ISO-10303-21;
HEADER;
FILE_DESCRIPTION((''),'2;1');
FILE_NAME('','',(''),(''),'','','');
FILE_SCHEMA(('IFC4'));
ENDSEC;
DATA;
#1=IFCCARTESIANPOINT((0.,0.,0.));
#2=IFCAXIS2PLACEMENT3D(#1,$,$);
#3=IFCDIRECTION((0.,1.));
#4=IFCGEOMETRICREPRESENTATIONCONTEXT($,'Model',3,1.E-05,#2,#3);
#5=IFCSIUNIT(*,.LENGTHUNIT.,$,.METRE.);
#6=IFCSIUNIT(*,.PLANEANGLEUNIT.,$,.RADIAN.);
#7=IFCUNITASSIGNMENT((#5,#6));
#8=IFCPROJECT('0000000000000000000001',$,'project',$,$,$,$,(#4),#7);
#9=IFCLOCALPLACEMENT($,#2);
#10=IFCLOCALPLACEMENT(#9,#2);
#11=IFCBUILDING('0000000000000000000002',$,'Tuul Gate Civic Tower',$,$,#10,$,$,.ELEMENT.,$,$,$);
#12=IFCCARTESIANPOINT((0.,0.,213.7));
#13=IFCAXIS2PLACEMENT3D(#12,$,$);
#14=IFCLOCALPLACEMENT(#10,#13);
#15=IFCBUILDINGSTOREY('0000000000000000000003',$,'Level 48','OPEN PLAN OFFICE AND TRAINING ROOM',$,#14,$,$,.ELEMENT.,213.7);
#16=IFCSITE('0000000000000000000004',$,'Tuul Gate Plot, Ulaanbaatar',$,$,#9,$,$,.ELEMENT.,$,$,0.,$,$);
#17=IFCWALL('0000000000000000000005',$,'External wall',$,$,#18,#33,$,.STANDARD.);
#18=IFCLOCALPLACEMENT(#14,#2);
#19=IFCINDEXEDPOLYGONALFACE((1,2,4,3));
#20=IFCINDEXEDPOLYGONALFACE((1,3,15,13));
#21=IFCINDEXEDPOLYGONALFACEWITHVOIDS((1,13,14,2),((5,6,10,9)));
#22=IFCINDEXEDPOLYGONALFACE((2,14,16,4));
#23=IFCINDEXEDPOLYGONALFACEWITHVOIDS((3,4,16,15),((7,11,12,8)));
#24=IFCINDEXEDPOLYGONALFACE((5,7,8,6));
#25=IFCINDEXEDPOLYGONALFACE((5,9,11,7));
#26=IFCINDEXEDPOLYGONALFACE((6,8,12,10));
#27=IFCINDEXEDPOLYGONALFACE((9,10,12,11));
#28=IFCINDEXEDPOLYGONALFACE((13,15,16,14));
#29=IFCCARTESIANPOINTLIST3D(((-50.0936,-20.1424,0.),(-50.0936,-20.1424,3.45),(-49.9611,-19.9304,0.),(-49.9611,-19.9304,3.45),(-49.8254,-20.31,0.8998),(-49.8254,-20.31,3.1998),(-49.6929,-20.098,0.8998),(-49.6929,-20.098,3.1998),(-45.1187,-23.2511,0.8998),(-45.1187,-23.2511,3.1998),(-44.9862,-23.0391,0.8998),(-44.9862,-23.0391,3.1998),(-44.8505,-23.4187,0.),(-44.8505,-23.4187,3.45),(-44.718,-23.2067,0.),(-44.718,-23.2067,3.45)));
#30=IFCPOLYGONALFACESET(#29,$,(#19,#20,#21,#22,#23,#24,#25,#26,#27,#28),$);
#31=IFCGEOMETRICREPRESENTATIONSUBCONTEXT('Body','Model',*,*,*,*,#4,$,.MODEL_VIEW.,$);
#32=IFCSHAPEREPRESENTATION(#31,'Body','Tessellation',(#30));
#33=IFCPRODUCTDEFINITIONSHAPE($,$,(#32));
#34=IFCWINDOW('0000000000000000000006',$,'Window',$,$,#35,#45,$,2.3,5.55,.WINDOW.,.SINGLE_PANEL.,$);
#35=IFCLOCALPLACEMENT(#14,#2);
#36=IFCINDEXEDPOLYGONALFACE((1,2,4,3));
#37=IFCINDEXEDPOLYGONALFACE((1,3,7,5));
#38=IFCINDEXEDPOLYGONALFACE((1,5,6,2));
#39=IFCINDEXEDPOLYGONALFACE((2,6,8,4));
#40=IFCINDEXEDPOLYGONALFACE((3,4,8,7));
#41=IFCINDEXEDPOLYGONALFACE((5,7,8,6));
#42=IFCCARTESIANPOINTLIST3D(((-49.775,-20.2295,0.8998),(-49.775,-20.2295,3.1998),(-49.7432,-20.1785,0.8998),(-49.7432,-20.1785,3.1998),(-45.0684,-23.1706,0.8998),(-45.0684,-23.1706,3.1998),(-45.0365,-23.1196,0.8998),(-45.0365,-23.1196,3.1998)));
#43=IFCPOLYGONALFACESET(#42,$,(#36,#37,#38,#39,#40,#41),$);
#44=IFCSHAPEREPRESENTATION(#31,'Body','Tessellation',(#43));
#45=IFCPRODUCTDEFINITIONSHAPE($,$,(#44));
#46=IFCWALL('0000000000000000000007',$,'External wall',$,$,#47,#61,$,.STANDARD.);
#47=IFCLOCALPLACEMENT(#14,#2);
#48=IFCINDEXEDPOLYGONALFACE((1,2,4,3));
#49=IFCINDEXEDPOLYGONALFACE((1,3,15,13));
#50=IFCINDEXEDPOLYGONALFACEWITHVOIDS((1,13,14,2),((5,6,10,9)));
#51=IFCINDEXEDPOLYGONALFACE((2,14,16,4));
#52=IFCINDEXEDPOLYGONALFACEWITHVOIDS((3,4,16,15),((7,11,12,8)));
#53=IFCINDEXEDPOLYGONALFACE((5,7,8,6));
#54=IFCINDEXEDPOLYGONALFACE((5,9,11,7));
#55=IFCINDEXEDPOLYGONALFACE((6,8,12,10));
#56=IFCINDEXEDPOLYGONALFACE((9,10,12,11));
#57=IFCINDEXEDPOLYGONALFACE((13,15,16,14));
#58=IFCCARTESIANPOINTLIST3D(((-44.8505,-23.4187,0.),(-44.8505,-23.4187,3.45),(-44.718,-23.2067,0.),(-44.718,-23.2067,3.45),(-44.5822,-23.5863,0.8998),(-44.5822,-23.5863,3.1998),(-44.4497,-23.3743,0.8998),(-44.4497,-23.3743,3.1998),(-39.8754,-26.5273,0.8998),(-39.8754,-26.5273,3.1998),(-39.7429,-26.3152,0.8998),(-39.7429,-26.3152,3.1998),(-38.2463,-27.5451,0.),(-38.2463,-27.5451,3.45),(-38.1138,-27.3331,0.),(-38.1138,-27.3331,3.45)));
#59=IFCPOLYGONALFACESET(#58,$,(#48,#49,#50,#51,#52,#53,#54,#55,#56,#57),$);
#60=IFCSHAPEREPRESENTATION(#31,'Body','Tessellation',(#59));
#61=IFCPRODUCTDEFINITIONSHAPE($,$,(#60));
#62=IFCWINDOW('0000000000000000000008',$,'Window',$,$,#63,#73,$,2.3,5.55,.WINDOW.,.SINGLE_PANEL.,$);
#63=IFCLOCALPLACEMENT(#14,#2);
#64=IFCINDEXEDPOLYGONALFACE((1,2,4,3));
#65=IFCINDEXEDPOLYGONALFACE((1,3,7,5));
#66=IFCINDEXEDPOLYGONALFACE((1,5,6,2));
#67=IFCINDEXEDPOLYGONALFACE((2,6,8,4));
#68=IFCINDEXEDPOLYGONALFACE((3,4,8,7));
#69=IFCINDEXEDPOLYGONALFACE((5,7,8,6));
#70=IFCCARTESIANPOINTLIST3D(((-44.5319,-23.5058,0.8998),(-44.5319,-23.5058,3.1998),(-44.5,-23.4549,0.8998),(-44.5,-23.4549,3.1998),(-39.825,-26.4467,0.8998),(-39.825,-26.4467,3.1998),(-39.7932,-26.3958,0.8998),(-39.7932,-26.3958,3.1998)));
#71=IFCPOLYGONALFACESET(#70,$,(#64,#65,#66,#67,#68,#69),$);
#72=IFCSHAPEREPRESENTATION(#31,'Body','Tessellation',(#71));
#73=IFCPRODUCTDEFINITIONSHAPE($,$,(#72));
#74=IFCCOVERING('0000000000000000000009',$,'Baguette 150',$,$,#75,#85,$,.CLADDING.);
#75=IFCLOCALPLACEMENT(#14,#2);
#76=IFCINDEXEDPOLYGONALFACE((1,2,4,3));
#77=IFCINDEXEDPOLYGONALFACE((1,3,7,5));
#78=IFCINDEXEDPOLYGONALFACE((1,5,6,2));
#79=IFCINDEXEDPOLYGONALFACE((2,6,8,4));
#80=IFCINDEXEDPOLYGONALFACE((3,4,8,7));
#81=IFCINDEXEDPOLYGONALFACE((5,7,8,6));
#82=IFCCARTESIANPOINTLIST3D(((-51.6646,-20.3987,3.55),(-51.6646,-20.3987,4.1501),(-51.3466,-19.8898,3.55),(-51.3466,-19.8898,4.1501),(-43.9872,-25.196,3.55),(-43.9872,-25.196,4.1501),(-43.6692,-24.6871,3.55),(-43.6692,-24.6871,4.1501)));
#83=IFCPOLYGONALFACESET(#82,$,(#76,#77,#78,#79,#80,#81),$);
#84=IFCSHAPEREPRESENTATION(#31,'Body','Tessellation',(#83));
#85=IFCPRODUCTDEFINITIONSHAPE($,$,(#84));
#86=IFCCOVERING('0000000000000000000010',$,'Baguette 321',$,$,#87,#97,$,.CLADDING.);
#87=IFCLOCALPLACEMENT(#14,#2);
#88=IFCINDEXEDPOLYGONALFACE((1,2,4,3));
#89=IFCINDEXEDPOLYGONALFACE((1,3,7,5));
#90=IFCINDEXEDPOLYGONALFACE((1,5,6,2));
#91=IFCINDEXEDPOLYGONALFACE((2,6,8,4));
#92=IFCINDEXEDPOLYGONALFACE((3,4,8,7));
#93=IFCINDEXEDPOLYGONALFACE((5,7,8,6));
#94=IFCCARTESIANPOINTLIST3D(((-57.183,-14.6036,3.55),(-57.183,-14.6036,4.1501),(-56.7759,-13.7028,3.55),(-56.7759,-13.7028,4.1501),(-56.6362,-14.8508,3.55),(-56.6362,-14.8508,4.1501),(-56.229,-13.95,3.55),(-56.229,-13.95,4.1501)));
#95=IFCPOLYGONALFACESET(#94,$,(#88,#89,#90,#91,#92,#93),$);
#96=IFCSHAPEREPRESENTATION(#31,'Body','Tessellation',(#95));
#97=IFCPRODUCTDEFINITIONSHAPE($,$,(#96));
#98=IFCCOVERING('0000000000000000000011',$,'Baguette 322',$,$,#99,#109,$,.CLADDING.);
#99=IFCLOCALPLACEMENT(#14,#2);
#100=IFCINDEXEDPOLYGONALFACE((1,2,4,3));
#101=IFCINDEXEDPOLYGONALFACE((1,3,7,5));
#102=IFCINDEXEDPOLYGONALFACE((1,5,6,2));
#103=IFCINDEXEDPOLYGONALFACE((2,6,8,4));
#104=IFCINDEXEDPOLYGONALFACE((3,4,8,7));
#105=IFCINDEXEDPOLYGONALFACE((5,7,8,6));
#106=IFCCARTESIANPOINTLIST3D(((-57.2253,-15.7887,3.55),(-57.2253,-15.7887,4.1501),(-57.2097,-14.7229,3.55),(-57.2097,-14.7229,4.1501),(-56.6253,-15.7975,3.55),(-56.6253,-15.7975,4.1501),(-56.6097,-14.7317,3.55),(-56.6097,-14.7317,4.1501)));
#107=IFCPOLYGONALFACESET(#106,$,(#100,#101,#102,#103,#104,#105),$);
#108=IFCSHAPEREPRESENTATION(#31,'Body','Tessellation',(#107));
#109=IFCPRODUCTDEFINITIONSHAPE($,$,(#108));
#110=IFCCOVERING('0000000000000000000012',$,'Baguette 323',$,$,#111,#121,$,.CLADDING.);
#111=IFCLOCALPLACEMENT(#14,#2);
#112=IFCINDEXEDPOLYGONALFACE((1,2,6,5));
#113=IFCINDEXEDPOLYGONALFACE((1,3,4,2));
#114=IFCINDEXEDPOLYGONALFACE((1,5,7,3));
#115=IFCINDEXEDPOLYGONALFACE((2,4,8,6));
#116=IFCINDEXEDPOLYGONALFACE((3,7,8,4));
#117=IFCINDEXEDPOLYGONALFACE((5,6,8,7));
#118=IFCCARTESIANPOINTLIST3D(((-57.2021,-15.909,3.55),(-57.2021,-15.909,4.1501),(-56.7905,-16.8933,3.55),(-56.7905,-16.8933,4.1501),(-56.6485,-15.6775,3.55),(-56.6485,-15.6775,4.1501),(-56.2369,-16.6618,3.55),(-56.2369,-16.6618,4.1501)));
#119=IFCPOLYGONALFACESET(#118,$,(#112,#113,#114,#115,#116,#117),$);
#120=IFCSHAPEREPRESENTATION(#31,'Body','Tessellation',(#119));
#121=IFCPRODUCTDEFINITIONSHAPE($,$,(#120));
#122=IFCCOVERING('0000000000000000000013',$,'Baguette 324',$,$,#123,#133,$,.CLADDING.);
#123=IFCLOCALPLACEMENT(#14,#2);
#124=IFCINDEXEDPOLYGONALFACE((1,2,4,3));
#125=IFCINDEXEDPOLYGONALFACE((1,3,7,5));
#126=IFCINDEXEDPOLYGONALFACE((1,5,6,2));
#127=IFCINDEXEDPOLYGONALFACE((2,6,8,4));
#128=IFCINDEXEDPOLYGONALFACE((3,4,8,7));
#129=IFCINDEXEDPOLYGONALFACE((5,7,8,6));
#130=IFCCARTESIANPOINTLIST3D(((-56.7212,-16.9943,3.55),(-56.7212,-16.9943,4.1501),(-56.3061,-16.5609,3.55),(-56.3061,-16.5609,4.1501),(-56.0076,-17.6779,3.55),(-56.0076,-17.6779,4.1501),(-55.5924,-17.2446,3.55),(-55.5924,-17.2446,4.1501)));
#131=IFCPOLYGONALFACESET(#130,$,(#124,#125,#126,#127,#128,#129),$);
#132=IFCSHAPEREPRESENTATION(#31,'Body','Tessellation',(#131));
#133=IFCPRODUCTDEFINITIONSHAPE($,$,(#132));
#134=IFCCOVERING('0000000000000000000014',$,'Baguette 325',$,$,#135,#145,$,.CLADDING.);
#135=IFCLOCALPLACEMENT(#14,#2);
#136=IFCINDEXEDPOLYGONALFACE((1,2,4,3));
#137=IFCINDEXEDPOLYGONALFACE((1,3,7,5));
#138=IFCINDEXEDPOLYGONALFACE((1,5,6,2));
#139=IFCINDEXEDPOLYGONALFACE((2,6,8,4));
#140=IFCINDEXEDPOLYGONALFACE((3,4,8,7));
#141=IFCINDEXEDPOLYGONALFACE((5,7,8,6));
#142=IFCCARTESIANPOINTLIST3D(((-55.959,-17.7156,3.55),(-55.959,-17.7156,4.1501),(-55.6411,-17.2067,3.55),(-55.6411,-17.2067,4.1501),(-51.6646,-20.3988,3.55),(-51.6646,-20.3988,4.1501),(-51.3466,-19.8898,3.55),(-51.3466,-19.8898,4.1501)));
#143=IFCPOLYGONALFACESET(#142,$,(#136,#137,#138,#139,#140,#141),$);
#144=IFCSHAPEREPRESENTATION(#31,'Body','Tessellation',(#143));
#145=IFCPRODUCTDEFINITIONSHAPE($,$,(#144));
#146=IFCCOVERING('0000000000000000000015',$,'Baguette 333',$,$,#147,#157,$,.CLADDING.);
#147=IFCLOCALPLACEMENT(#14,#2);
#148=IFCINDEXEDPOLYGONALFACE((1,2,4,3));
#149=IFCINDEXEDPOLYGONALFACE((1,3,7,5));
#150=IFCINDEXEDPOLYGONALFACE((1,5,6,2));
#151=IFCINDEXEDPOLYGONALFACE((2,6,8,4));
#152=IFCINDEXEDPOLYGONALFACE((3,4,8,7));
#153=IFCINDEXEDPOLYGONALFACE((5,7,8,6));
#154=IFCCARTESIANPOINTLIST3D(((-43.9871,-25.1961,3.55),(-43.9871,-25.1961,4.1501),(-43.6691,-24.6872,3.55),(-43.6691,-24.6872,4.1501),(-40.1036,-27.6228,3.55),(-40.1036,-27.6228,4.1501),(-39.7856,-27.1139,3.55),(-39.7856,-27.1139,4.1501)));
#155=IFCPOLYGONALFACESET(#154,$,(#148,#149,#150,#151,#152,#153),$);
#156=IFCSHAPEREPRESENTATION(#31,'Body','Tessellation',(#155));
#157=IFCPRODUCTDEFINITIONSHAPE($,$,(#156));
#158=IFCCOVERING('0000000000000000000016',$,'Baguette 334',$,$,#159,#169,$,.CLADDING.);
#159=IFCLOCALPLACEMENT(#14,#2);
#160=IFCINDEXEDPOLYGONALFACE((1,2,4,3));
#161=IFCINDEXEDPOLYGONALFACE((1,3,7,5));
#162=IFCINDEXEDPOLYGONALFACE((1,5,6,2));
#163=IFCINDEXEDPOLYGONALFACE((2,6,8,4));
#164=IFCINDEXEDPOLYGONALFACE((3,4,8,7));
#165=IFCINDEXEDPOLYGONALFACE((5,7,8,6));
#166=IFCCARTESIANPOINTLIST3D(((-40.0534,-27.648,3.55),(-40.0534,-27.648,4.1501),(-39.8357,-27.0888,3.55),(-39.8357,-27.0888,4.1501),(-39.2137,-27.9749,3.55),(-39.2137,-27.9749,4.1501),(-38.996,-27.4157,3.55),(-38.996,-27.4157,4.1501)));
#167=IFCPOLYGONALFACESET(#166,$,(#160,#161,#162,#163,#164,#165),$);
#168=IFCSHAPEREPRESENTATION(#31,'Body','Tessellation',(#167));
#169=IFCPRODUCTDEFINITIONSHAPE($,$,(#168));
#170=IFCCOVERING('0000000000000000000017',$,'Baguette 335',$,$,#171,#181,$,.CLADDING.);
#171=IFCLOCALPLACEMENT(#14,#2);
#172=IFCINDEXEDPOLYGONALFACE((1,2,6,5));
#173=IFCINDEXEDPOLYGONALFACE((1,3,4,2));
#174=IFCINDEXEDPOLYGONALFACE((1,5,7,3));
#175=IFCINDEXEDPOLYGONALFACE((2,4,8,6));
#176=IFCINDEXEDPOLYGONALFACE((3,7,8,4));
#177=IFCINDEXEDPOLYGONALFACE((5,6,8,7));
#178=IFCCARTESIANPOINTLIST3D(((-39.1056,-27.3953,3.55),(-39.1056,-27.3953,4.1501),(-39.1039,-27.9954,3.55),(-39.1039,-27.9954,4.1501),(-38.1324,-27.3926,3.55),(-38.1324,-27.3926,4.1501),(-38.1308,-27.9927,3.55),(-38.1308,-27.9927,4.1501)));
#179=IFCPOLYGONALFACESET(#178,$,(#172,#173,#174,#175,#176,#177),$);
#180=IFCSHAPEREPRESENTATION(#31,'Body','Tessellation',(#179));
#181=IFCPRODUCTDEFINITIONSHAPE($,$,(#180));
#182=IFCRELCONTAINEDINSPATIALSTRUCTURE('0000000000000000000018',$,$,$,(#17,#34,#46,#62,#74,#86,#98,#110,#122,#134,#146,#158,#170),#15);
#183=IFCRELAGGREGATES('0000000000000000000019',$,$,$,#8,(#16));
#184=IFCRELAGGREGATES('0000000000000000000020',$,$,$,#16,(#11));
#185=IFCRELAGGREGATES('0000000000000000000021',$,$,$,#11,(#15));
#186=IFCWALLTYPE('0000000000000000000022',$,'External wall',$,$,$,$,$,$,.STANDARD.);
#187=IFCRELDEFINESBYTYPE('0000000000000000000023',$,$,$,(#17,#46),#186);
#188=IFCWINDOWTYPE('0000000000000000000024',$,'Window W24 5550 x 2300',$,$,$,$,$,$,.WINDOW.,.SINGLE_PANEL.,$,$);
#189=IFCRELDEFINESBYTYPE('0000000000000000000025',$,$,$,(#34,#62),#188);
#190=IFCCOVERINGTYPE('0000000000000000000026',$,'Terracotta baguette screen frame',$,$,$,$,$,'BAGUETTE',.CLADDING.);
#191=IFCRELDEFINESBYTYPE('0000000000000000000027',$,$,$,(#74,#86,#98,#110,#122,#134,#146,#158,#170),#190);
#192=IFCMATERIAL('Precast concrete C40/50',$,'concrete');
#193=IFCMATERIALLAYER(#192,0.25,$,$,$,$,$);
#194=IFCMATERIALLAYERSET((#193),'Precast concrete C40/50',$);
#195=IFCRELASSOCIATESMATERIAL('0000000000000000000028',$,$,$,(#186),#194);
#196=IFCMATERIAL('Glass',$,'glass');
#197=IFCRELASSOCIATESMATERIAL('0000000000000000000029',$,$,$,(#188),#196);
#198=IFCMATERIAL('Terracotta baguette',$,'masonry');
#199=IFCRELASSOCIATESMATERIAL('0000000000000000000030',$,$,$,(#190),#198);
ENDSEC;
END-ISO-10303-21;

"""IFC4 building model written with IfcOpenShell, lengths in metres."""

from ifc_helpers import new_model, si_unit, direction, frame, frame_2d, origin, origin_2d, place, context, subcontext, project, spatial, rectangle, extrude, material, layer, layer_set, material_profile, profile_set, type_object, element, fill, save


model = new_model("IFC4")

# Units and contexts
model_context = context("Model", 3, precision=1e-05, world=origin(), true_north=direction((0.0, 1.0)))
body_context = subcontext(model_context, "Body", "Model", "MODEL_VIEW")
ifc_project = project(units=[si_unit("LENGTHUNIT", "METRE"), si_unit("PLANEANGLEUNIT", "RADIAN")], contexts=[model_context])

# Site, building, storey
site_placement = place(None, origin())
site = spatial("IfcSite", under=ifc_project, at=site_placement, Name="Tuul Gate Plot, Ulaanbaatar", CompositionType="ELEMENT", RefElevation=0.0)
building_placement = place(site_placement, origin())
building = spatial("IfcBuilding", under=site, at=building_placement, Name="Tuul Gate Civic Tower", CompositionType="ELEMENT")
storey_placement = place(building_placement, frame((0.0, 0.0, 213.7)))
storey = spatial("IfcBuildingStorey", under=building, at=storey_placement, Name="Level 48", Description="OPEN PLAN OFFICE AND TRAINING ROOM", CompositionType="ELEMENT", Elevation=213.7)

# Shared definitions
ifc_material_1 = material(Name="Precast concrete C40/50", Category="concrete")
ifc_layer = layer(ifc_material_1, 0.25)
ifc_layer_set = layer_set([ifc_layer], Name="Precast concrete C40/50")
wall_type = type_object("IfcWallType", Name="External wall", PredefinedType="STANDARD", material=ifc_layer_set)

# Walls, openings, windows
ifc_material_2 = material(Name="Glass", Category="glass")
window_type = type_object("IfcWindowType", Name="Window W24 5550 x 2300", PartitioningType="SINGLE_PANEL", PredefinedType="WINDOW", material=ifc_material_2)
wall_1_placement = place(storey_placement, frame((-50.0273, -20.0364, 0.0), z_axis=(0.0, 0.0, 1.0), x_axis=(0.848043, -0.529928, 0.0)))
wall_1 = element("IfcWall", 1, at=wall_1_placement, inside=storey, type_object=wall_type, Name="External wall", PredefinedType="STANDARD", context=body_context, shape_type="SweptSolid", body=[
    extrude(rectangle(XDim=6.1826, YDim=0.25, at=frame_2d((3.0913, 0.0))), origin(), (0.0, 0.0, 1.0), 3.45),
])
opening_1_placement = place(wall_1_placement, frame((0.3164, 0.0, 0.8999)))
opening_1 = element("IfcOpeningElement", 2, at=opening_1_placement, cuts=wall_1, PredefinedType="OPENING", context=body_context, shape_type="SweptSolid", body=[
    extrude(rectangle(XDim=5.55, YDim=2.3, at=frame_2d((2.7749, 1.1499))), frame((0.0, 0.135, 0.0), z_axis=(0.0, -1.0, 0.0), x_axis=(1.0, 0.0, 0.0)), (0.0, 0.0, 1.0), 0.27),
])
window_1_placement = place(opening_1_placement, origin())
window_1 = element("IfcWindow", 3, at=window_1_placement, inside=storey, type_object=window_type, Name="Window", OverallHeight=2.3, OverallWidth=5.55, PartitioningType="SINGLE_PANEL", PredefinedType="WINDOW", context=body_context, shape_type="SweptSolid", body=[
    extrude(rectangle(XDim=5.55, YDim=2.3, at=frame_2d((2.7749, 1.1499))), frame((0.0, 0.03, 0.0), z_axis=(0.0, -1.0, 0.0), x_axis=(1.0, 0.0, 0.0)), (0.0, 0.0, 1.0), 0.0601),
])
fill(opening_1, window_1)
wall_2_placement = place(storey_placement, frame((-44.7842, -23.3127, 0.0), z_axis=(0.0, 0.0, 1.0), x_axis=(0.848067, -0.529889, 0.0)))
wall_2 = element("IfcWall", 4, at=wall_2_placement, inside=storey, type_object=wall_type, Name="External wall", PredefinedType="STANDARD", context=body_context, shape_type="SweptSolid", body=[
    extrude(rectangle(XDim=7.7874, YDim=0.25, at=frame_2d((3.8936, 0.0))), origin(), (0.0, 0.0, 1.0), 3.45),
])
opening_2_placement = place(wall_2_placement, frame((0.3164, 0.0, 0.8999)))
opening_2 = element("IfcOpeningElement", 5, at=opening_2_placement, cuts=wall_2, PredefinedType="OPENING", context=body_context, shape_type="SweptSolid", body=[
    extrude(rectangle(XDim=5.55, YDim=2.3, at=frame_2d((2.7749, 1.1499))), frame((0.0, 0.135, 0.0), z_axis=(0.0, -1.0, 0.0), x_axis=(1.0, 0.0, 0.0)), (0.0, 0.0, 1.0), 0.27),
])
window_2_placement = place(opening_2_placement, origin())
window_2 = element("IfcWindow", 6, at=window_2_placement, inside=storey, type_object=window_type, Name="Window", OverallHeight=2.3, OverallWidth=5.55, PartitioningType="SINGLE_PANEL", PredefinedType="WINDOW", context=body_context, shape_type="SweptSolid", body=[
    extrude(rectangle(XDim=5.55, YDim=2.3, at=frame_2d((2.7749, 1.1499))), frame((0.0, 0.03, 0.0), z_axis=(0.0, -1.0, 0.0), x_axis=(1.0, 0.0, 0.0)), (0.0, 0.0, 1.0), 0.0601),
])
fill(opening_2, window_2)

# Coverings
ifc_material_3 = material(Name="Terracotta baguette", Category="masonry")
ifc_material_profile_1 = material_profile(ifc_material_3, rectangle(XDim=0.6001, YDim=0.6001, at=origin_2d()), Name="Terracotta baguette screen frame")
ifc_profile_set_1 = profile_set([ifc_material_profile_1], Name="Terracotta baguette")
covering_type = type_object("IfcCoveringType", Name="Terracotta baguette screen frame", ElementType="BAGUETTE", PredefinedType="CLADDING", material=ifc_profile_set_1)
covering_1_placement = place(storey_placement, frame((-51.5056, -20.1443, 3.8501), z_axis=(0.848051, -0.529914, 0.0), x_axis=(0.529914, 0.848051, 0.0)))
element("IfcCovering", 7, at=covering_1_placement, inside=storey, type_object=covering_type, Name="Baguette 150", PredefinedType="CLADDING", context=body_context, shape_type="SweptSolid", body=[
    extrude(rectangle(XDim=0.6001, YDim=0.6001, at=origin_2d()), origin(), (0.0, 0.0, 1.0), 9.053),
])
covering_2_placement = place(storey_placement, frame((-56.5024, -13.8264, 3.8501), z_axis=(-0.411904, -0.911227, 0.0), x_axis=(0.911227, -0.411904, 0.0)))
element("IfcCovering", 8, at=covering_2_placement, inside=storey, type_object=covering_type, Name="Baguette 321", PredefinedType="CLADDING", context=body_context, shape_type="SweptSolid", body=[
    extrude(rectangle(XDim=0.6001, YDim=0.6001, at=origin_2d()), origin(), (0.0, 0.0, 1.0), 0.9885),
])
covering_3_placement = place(storey_placement, frame((-56.9097, -14.7273, 3.8501), z_axis=(-0.014657, -0.999893, 0.0), x_axis=(0.999893, -0.014657, 0.0)))
element("IfcCovering", 9, at=covering_3_placement, inside=storey, type_object=covering_type, Name="Baguette 322", PredefinedType="CLADDING", context=body_context, shape_type="SweptSolid", body=[
    extrude(rectangle(XDim=0.6001, YDim=0.6001, at=origin_2d()), origin(), (0.0, 0.0, 1.0), 1.0659),
])
covering_4_placement = place(storey_placement, frame((-56.9253, -15.7932, 3.8501), z_axis=(0.385785, -0.922589, 0.0), x_axis=(0.922589, 0.385785, 0.0)))
element("IfcCovering", 10, at=covering_4_placement, inside=storey, type_object=covering_type, Name="Baguette 323", PredefinedType="CLADDING", context=body_context, shape_type="SweptSolid", body=[
    extrude(rectangle(XDim=0.6001, YDim=0.6001, at=origin_2d()), origin(), (0.0, 0.0, 1.0), 1.0669),
])
covering_5_placement = place(storey_placement, frame((-56.5137, -16.7776, 3.8501), z_axis=(0.722137, -0.69175, 0.0), x_axis=(0.69175, 0.722137, 0.0)))
element("IfcCovering", 11, at=covering_5_placement, inside=storey, type_object=covering_type, Name="Baguette 324", PredefinedType="CLADDING", context=body_context, shape_type="SweptSolid", body=[
    extrude(rectangle(XDim=0.6001, YDim=0.6001, at=origin_2d()), origin(), (0.0, 0.0, 1.0), 0.9883),
])
covering_6_placement = place(storey_placement, frame((-55.8, -17.4612, 3.8501), z_axis=(0.84808, -0.529869, 0.0), x_axis=(0.529869, 0.84808, 0.0)))
element("IfcCovering", 12, at=covering_6_placement, inside=storey, type_object=covering_type, Name="Baguette 325", PredefinedType="CLADDING", context=body_context, shape_type="SweptSolid", body=[
    extrude(rectangle(XDim=0.6001, YDim=0.6001, at=origin_2d()), origin(), (0.0, 0.0, 1.0), 5.0637),
])
covering_7_placement = place(storey_placement, frame((-43.8281, -24.9417, 3.8501), z_axis=(0.848043, -0.529927, 0.0), x_axis=(0.529927, 0.848043, 0.0)))
element("IfcCovering", 13, at=covering_7_placement, inside=storey, type_object=covering_type, Name="Baguette 333", PredefinedType="CLADDING", context=body_context, shape_type="SweptSolid", body=[
    extrude(rectangle(XDim=0.6001, YDim=0.6001, at=origin_2d()), origin(), (0.0, 0.0, 1.0), 4.5793),
])
covering_8_placement = place(storey_placement, frame((-39.9446, -27.3684, 3.8501), z_axis=(0.931893, -0.362734, 0.0), x_axis=(0.362734, 0.931893, 0.0)))
element("IfcCovering", 14, at=covering_8_placement, inside=storey, type_object=covering_type, Name="Baguette 334", PredefinedType="CLADDING", context=body_context, shape_type="SweptSolid", body=[
    extrude(rectangle(XDim=0.6001, YDim=0.6001, at=origin_2d()), origin(), (0.0, 0.0, 1.0), 0.9011),
])
covering_9_placement = place(storey_placement, frame((-39.1047, -27.6953, 3.8501), z_axis=(0.999996, 0.00276, 0.0), x_axis=(-0.00276, 0.999996, 0.0)))
element("IfcCovering", 15, at=covering_9_placement, inside=storey, type_object=covering_type, Name="Baguette 335", PredefinedType="CLADDING", context=body_context, shape_type="SweptSolid", body=[
    extrude(rectangle(XDim=0.6001, YDim=0.6001, at=origin_2d()), origin(), (0.0, 0.0, 1.0), 0.9731),
])

save(model, "model.ifc")
